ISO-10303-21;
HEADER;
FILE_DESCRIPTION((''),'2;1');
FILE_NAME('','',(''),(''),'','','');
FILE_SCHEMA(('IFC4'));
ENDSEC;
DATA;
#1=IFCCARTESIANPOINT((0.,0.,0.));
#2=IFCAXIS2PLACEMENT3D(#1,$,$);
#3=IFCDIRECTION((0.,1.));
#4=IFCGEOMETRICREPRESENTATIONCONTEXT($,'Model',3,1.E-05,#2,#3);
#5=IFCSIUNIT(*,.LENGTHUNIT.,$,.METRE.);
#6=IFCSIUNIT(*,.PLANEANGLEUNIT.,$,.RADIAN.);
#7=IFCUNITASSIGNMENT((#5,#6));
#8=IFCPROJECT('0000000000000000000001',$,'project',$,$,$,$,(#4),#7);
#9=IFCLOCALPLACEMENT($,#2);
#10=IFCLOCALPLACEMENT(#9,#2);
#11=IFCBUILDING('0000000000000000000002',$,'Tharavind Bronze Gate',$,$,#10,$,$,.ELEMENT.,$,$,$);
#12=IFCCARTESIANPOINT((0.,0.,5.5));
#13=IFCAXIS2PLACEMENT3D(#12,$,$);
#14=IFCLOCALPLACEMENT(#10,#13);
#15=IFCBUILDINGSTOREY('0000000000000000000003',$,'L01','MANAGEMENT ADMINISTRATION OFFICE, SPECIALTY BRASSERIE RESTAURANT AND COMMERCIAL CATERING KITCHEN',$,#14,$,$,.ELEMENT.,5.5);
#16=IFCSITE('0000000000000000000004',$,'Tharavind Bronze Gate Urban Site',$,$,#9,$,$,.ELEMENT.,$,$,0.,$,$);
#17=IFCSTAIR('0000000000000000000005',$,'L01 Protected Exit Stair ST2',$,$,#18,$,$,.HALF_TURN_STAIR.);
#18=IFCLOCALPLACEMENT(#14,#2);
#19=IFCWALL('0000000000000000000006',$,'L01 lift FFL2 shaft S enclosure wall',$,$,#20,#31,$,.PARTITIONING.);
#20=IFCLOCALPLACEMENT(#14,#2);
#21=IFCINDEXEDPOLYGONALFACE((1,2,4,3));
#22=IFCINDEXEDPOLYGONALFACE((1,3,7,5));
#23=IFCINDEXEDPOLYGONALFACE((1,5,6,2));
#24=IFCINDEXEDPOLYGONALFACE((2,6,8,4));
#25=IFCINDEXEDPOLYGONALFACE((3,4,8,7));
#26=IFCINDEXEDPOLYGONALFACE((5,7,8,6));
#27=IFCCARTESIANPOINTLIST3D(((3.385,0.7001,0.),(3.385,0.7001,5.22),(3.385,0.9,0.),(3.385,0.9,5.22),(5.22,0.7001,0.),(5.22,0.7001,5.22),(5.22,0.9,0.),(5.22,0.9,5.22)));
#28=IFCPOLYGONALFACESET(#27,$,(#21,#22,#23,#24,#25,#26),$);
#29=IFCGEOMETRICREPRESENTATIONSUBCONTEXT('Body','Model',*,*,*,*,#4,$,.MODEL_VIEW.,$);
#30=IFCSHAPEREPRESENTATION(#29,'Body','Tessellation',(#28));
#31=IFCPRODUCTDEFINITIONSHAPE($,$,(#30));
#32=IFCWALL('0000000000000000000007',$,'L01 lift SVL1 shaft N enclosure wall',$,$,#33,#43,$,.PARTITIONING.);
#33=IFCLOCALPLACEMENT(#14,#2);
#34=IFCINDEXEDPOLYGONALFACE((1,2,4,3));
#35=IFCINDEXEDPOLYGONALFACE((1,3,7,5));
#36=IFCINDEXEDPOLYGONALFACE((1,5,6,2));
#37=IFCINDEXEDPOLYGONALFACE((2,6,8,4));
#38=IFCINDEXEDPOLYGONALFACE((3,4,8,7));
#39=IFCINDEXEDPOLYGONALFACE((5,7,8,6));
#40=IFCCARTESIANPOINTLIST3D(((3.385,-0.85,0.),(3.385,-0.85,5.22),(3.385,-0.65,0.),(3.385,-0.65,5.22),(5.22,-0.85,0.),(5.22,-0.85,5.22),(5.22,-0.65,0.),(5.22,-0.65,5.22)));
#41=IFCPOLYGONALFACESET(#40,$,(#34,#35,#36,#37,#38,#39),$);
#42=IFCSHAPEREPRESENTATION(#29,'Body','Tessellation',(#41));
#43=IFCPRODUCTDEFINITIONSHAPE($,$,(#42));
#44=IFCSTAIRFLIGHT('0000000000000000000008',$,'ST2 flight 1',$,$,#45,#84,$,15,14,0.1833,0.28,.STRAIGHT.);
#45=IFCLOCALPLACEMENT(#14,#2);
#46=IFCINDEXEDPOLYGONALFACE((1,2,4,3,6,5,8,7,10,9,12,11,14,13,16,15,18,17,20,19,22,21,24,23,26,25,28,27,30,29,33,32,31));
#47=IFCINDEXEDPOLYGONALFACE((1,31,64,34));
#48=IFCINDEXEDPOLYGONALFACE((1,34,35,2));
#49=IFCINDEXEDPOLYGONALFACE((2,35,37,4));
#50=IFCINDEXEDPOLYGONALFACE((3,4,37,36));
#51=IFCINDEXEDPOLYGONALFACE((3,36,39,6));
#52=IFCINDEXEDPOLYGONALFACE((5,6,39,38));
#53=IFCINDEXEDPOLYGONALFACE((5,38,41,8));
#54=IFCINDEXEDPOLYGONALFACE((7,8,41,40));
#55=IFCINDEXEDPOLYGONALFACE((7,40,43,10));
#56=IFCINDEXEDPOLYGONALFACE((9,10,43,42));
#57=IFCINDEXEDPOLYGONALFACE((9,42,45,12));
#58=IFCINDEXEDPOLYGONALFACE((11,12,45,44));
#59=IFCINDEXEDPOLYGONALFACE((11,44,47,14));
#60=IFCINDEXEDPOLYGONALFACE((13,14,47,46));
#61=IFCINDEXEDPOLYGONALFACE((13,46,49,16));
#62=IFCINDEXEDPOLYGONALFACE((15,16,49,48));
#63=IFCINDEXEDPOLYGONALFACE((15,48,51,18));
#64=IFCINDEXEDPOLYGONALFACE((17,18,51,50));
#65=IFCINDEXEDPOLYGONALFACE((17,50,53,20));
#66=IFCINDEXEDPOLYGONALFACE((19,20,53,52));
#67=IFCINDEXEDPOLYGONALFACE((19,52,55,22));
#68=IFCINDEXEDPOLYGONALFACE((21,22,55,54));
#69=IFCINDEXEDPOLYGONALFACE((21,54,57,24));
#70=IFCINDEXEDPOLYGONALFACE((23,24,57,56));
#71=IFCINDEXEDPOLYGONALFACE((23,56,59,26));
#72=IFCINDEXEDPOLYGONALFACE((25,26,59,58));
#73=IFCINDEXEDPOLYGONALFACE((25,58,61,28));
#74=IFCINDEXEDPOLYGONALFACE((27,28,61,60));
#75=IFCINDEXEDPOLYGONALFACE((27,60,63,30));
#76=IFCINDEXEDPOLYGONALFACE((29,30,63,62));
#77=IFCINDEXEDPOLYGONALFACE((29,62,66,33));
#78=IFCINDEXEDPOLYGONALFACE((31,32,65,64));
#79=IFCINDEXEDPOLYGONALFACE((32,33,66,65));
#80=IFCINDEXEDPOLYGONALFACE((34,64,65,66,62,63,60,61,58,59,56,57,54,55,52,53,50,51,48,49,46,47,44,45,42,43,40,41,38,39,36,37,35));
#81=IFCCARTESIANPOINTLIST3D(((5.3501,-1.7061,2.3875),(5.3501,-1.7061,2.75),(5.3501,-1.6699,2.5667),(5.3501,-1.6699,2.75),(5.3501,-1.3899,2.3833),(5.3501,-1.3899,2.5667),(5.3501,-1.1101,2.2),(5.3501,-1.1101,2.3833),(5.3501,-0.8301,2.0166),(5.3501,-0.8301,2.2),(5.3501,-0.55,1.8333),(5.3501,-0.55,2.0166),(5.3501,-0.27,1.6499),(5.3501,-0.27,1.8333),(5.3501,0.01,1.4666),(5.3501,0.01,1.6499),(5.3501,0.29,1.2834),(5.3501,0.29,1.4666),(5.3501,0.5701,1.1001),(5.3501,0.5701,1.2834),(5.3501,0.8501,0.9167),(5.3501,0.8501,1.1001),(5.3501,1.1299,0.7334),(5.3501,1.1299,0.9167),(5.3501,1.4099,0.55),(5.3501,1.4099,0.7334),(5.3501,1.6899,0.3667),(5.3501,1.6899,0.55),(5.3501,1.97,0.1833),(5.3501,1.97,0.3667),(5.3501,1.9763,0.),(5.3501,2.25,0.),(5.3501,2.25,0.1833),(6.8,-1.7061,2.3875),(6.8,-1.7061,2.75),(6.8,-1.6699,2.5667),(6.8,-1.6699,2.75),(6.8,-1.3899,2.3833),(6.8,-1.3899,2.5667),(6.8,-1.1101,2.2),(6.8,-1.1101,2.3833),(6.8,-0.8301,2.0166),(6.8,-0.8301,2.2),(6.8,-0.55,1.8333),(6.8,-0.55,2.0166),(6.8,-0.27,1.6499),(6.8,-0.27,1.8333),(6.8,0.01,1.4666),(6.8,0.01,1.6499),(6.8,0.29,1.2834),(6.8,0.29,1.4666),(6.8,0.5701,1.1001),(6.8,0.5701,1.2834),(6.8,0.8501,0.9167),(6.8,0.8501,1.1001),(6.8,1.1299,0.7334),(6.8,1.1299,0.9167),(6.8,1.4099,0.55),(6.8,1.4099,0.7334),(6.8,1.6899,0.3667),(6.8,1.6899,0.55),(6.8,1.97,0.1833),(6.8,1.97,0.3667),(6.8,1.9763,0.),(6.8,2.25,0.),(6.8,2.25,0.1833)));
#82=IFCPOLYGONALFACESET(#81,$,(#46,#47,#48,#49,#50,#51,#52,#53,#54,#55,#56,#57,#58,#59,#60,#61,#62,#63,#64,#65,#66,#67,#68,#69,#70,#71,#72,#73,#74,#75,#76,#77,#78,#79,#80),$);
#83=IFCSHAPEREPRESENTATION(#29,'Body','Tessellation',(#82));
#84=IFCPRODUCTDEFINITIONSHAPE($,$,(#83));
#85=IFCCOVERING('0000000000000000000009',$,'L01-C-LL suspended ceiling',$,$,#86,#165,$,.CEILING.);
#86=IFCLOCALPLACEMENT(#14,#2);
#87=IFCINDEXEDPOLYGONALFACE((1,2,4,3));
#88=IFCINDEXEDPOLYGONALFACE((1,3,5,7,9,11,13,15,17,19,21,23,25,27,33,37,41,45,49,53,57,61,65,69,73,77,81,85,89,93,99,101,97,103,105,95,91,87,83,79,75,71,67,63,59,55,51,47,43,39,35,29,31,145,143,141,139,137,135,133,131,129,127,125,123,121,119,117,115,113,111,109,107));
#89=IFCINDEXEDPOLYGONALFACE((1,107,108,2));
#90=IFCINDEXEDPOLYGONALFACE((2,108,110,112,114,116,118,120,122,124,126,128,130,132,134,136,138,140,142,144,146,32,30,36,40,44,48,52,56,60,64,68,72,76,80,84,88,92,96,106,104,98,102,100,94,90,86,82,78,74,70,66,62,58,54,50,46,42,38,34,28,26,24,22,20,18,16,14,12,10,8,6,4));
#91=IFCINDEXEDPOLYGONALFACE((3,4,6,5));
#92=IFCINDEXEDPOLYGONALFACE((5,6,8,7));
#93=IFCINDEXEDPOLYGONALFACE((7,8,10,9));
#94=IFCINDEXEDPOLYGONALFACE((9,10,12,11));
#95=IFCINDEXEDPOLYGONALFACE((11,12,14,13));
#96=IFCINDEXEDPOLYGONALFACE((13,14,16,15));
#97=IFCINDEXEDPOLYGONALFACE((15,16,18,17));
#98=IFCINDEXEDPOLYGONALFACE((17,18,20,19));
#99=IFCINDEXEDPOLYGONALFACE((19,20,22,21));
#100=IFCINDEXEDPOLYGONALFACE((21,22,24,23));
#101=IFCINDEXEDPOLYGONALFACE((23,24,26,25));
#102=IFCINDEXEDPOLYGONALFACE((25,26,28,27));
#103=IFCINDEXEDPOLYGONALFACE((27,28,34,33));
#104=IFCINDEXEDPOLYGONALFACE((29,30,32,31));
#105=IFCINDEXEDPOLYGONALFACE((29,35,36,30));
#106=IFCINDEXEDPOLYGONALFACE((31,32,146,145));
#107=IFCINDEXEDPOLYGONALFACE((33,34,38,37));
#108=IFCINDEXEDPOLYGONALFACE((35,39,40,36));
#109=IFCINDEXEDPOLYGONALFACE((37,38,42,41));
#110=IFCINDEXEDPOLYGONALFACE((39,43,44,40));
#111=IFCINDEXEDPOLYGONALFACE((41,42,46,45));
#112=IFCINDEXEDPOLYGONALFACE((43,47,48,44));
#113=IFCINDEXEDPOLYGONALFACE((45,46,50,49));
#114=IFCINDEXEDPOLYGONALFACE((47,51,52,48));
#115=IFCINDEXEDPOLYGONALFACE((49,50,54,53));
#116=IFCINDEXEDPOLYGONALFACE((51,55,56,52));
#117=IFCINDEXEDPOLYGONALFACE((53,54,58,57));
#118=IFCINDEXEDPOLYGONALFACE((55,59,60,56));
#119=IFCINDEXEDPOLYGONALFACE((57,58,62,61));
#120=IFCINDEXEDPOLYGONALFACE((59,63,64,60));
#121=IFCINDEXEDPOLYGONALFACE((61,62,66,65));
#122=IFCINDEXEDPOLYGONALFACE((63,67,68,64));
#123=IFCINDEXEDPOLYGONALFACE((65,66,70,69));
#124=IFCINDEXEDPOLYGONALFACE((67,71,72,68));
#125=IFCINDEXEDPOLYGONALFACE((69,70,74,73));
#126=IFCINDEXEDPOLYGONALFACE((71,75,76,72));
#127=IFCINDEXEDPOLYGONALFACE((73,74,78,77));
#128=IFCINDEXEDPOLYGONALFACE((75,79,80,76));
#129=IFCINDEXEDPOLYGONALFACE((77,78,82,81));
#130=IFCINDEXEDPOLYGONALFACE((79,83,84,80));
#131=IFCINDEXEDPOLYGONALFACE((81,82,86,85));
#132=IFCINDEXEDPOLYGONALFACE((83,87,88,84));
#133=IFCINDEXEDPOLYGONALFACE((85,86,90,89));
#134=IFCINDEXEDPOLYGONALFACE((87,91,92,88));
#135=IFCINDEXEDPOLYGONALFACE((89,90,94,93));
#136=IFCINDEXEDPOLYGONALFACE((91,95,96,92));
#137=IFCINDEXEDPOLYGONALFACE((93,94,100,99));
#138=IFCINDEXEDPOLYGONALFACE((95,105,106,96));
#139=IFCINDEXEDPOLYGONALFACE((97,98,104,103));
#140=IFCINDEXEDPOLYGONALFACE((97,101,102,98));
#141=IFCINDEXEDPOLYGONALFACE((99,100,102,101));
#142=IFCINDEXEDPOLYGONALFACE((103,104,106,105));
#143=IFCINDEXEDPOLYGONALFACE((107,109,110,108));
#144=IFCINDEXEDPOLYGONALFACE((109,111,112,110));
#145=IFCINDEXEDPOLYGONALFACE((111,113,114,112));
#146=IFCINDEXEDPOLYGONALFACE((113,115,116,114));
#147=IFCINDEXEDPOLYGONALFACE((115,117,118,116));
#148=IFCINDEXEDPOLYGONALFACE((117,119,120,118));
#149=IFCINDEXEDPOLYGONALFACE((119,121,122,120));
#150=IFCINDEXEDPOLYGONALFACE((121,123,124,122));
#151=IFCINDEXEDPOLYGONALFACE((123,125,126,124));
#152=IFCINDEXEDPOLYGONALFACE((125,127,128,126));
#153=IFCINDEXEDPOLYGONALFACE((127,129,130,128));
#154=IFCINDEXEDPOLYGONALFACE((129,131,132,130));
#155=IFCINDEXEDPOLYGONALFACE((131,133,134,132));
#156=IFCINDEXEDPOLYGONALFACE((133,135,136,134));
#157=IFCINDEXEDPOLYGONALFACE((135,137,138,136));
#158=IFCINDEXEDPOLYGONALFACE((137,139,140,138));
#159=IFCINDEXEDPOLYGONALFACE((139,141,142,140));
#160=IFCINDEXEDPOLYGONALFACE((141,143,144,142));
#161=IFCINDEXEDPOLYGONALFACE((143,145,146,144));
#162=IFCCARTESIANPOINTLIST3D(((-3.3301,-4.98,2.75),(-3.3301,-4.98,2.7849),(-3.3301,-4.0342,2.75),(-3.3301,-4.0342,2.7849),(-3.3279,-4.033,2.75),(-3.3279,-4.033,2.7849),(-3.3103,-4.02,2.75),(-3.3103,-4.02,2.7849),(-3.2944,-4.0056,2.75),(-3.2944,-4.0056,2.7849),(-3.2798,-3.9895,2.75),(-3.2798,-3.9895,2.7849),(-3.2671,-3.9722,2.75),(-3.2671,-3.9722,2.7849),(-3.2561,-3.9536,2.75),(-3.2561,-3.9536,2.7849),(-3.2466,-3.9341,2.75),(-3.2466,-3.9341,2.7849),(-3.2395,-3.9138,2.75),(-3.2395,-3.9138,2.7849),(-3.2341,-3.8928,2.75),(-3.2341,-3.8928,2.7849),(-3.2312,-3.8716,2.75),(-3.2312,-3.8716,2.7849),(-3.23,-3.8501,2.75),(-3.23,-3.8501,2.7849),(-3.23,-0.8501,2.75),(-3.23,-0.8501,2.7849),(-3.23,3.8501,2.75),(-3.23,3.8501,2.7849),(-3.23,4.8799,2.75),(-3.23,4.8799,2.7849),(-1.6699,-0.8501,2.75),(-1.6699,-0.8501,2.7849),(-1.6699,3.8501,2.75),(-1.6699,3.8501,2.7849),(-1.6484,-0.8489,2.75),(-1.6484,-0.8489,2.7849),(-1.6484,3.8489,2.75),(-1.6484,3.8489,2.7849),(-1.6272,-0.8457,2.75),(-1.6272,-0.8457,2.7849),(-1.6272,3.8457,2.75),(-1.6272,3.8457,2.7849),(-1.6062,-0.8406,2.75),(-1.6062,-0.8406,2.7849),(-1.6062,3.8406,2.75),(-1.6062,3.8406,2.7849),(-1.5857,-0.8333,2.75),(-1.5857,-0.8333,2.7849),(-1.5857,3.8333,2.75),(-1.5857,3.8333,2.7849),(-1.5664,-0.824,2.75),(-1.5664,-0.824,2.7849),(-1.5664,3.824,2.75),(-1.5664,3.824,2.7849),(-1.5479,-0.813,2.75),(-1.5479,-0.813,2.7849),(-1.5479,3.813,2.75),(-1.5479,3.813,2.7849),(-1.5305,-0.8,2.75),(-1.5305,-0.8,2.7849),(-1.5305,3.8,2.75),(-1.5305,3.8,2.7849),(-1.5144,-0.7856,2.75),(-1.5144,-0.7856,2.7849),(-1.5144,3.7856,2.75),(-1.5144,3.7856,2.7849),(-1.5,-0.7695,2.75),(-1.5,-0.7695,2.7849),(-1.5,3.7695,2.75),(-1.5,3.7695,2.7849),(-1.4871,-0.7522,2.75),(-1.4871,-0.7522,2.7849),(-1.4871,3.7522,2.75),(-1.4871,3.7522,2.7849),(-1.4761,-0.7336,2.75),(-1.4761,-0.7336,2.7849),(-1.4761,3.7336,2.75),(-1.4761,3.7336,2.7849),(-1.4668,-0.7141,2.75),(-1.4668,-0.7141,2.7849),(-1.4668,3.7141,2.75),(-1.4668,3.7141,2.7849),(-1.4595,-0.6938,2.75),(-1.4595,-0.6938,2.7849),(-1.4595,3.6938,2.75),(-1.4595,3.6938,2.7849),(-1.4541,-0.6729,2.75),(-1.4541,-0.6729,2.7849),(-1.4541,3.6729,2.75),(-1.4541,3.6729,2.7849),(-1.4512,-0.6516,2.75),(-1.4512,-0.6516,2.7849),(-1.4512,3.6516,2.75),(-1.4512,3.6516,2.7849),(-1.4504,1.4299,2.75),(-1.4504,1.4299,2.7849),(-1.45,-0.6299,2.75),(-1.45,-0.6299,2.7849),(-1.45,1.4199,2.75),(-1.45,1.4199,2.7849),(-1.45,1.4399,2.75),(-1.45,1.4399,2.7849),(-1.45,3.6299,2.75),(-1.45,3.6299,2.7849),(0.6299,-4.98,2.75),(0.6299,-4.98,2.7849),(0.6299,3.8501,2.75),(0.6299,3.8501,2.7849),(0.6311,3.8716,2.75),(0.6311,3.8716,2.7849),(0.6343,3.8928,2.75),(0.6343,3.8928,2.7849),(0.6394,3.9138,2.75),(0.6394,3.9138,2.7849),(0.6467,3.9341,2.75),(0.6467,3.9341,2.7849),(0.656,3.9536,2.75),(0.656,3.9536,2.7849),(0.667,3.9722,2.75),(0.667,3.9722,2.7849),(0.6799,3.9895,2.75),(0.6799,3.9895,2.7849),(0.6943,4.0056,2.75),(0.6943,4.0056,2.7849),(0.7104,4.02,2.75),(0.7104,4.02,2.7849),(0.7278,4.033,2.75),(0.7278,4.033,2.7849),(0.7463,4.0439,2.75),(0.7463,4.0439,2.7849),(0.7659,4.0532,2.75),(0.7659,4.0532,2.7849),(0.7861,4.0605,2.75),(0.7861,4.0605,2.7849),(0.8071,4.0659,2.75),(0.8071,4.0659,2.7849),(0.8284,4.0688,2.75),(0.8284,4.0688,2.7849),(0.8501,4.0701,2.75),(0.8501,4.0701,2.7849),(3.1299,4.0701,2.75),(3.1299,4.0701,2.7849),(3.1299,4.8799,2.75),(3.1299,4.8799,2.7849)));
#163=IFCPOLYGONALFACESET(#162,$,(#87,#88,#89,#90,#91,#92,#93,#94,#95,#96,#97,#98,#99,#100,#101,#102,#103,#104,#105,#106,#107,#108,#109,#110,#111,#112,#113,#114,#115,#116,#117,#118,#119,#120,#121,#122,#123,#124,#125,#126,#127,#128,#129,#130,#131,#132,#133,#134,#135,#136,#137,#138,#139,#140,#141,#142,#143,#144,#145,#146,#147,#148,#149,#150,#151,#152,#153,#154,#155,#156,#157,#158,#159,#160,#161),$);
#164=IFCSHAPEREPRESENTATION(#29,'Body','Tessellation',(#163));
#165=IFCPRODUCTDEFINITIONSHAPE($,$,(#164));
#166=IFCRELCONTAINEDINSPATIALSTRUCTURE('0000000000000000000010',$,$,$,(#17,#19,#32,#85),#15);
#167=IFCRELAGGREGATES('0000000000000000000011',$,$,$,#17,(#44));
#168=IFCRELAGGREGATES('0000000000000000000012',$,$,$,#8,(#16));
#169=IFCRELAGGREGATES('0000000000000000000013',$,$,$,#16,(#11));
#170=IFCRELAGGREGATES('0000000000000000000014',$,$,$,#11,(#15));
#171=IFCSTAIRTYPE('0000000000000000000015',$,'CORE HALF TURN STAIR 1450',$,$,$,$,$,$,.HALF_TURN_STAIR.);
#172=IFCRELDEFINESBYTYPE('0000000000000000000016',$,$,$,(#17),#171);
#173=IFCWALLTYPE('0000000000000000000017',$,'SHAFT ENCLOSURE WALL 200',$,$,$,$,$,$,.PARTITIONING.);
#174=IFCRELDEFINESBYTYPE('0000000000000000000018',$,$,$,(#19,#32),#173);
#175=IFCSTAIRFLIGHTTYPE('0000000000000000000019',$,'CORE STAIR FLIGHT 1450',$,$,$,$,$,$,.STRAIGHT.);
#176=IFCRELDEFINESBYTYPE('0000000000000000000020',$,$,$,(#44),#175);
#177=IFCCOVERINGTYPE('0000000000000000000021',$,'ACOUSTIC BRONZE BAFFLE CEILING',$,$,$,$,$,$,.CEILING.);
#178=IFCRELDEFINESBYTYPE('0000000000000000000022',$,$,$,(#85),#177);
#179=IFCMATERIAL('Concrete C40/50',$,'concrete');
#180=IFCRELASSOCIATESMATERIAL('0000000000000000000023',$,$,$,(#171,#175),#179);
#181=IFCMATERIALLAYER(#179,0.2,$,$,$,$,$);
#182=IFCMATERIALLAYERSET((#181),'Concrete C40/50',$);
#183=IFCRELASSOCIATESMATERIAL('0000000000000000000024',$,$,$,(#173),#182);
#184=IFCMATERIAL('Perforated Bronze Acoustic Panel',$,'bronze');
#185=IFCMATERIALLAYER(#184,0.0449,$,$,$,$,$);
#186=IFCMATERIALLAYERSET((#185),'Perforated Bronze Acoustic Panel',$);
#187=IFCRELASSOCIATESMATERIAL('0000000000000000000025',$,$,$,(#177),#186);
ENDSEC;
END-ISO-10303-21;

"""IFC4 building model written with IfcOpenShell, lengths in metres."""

from ifc_helpers import new_model, si_unit, direction, frame, frame_2d, origin, place, context, subcontext, project, spatial, polyline, rectangle, outline, extrude, material, layer, layer_set, type_object, element, aggregate, save


model = new_model("IFC4")

# Units and contexts
model_context = context("Model", 3, precision=1e-05, world=origin(), true_north=direction((0.0, 1.0)))
body_context = subcontext(model_context, "Body", "Model", "MODEL_VIEW")
ifc_project = project(units=[si_unit("LENGTHUNIT", "METRE"), si_unit("PLANEANGLEUNIT", "RADIAN")], contexts=[model_context])

# Site, building, storey
site_placement = place(None, origin())
site = spatial("IfcSite", under=ifc_project, at=site_placement, Name="Tharavind Bronze Gate Urban Site", CompositionType="ELEMENT", RefElevation=0.0)
building_placement = place(site_placement, origin())
building = spatial("IfcBuilding", under=site, at=building_placement, Name="Tharavind Bronze Gate", CompositionType="ELEMENT")
storey_placement = place(building_placement, frame((0.0, 0.0, 5.5)))
storey = spatial("IfcBuildingStorey", under=building, at=storey_placement, Name="L01", Description="MANAGEMENT ADMINISTRATION OFFICE, SPECIALTY BRASSERIE RESTAURANT AND COMMERCIAL CATERING KITCHEN", CompositionType="ELEMENT", Elevation=5.5)

# Stair
ifc_material_1 = material(Name="Concrete C40/50", Category="concrete")
stair_type_1 = type_object("IfcStairType", Name="CORE HALF TURN STAIR 1450", PredefinedType="HALF_TURN_STAIR", material=ifc_material_1)
stair_1_placement = place(storey_placement, origin())
stair_1 = element("IfcStair", 1, at=stair_1_placement, inside=storey, type_object=stair_type_1, Name="L01 Protected Exit Stair ST2", PredefinedType="HALF_TURN_STAIR")

# Walls
ifc_layer_1 = layer(ifc_material_1, 0.2)
ifc_layer_set_1 = layer_set([ifc_layer_1], Name="Concrete C40/50")
wall_type_1 = type_object("IfcWallType", Name="SHAFT ENCLOSURE WALL 200", PredefinedType="PARTITIONING", material=ifc_layer_set_1)
for number, where, z_axis, x_axis, name in (
    (2, (3.385, 0.8, 0.0), (0.0, 0.0, 1.0), (1.0, 0.0, 0.0), "L01 lift FFL2 shaft S enclosure wall"),
    (3, (3.385, -0.75, 0.0), (0.0, 0.0, 1.0), (1.0, 0.0, 0.0), "L01 lift SVL1 shaft N enclosure wall"),
):
    element("IfcWall", number, at=place(storey_placement, frame(where, z_axis=z_axis, x_axis=x_axis)), inside=storey, type_object=wall_type_1, Name=name, PredefinedType="PARTITIONING", context=body_context, shape_type="SweptSolid", body=[
        extrude(rectangle(XDim=1.835, YDim=0.2, at=frame_2d((0.9175, 0.0))), origin(), (0.0, 0.0, 1.0), 5.22),
    ])

# Stair flight
stair_flight_type = type_object("IfcStairFlightType", Name="CORE STAIR FLIGHT 1450", PredefinedType="STRAIGHT", material=ifc_material_1)
stair_flight_placement = place(storey_placement, frame((6.075, 2.25, 0.0), z_axis=(0.0, 0.0, 1.0), x_axis=(0.0, -1.0, 0.0)))
stair_flight = element("IfcStairFlight", 4, at=stair_flight_placement, type_object=stair_flight_type, Name="ST2 flight 1", NumberOfRisers=15, NumberOfTreads=14, PredefinedType="STRAIGHT", RiserHeight=0.1833, TreadLength=0.28, context=body_context, shape_type="SweptSolid", body=[
    extrude(outline(polyline([(0.0, 0.0), (0.0, 0.1833), (0.28, 0.1833), (0.28, 0.3667), (0.5601, 0.3667), (0.5601, 0.55), (0.8401, 0.55), (0.8401, 0.7334), (1.1201, 0.7334), (1.1201, 0.9167), (1.3999, 0.9167), (1.3999, 1.1001), (1.6799, 1.1001), (1.6799, 1.2834), (1.96, 1.2834), (1.96, 1.4666), (2.24, 1.4666), (2.24, 1.6499), (2.52, 1.6499), (2.52, 1.8333), (2.8, 1.8333), (2.8, 2.0166), (3.0801, 2.0166), (3.0801, 2.2), (3.3601, 2.2), (3.3601, 2.3833), (3.6399, 2.3833), (3.6399, 2.5667), (3.9199, 2.5667), (3.9199, 2.75), (3.9561, 2.75), (3.9561, 2.3875), (0.2737, 0.0), (0.0, 0.0)])), frame((0.0, 0.7251, 0.0), z_axis=(0.0, -1.0, 0.0), x_axis=(1.0, 0.0, 0.0)), (0.0, 0.0, 1.0), 1.45),
])
aggregate(stair_1, [stair_flight])

# Covering
ifc_material_2 = material(Name="Perforated Bronze Acoustic Panel", Category="bronze")
ifc_layer_2 = layer(ifc_material_2, 0.0449)
ifc_layer_set_2 = layer_set([ifc_layer_2], Name="Perforated Bronze Acoustic Panel")
covering_type_1 = type_object("IfcCoveringType", Name="ACOUSTIC BRONZE BAFFLE CEILING", PredefinedType="CEILING", material=ifc_layer_set_2)
covering_1_placement = place(storey_placement, frame((0.0, 0.0, 2.75)))
element("IfcCovering", 5, at=covering_1_placement, inside=storey, type_object=covering_type_1, Name="L01-C-LL suspended ceiling", PredefinedType="CEILING", context=body_context, shape_type="SweptSolid", body=[
    extrude(outline(polyline([(-3.3301, -4.98), (0.6299, -4.98), (0.6299, 3.8501), (0.6311, 3.8716), (0.6343, 3.8928), (0.6394, 3.9138), (0.6467, 3.9341), (0.656, 3.9536), (0.667, 3.9722), (0.6799, 3.9895), (0.6943, 4.0056), (0.7104, 4.02), (0.7278, 4.033), (0.7463, 4.0439), (0.7659, 4.0532), (0.7861, 4.0605), (0.8071, 4.0659), (0.8284, 4.0688), (0.8501, 4.0701), (3.1299, 4.0701), (3.1299, 4.8799), (-3.23, 4.8799), (-3.23, 3.8501), (-1.6699, 3.8501), (-1.6484, 3.8489), (-1.6272, 3.8457), (-1.6062, 3.8406), (-1.5857, 3.8333), (-1.5664, 3.824), (-1.5479, 3.813), (-1.5305, 3.8), (-1.5144, 3.7856), (-1.5, 3.7695), (-1.4871, 3.7522), (-1.4761, 3.7336), (-1.4668, 3.7141), (-1.4595, 3.6938), (-1.4541, 3.6729), (-1.4512, 3.6516), (-1.45, 3.6299), (-1.45, 1.4399), (-1.4504, 1.4299), (-1.45, 1.4199), (-1.45, -0.6299), (-1.4512, -0.6516), (-1.4541, -0.6729), (-1.4595, -0.6938), (-1.4668, -0.7141), (-1.4761, -0.7336), (-1.4871, -0.7522), (-1.5, -0.7695), (-1.5144, -0.7856), (-1.5305, -0.8), (-1.5479, -0.813), (-1.5664, -0.824), (-1.5857, -0.8333), (-1.6062, -0.8406), (-1.6272, -0.8457), (-1.6484, -0.8489), (-1.6699, -0.8501), (-3.23, -0.8501), (-3.23, -3.8501), (-3.2312, -3.8716), (-3.2341, -3.8928), (-3.2395, -3.9138), (-3.2466, -3.9341), (-3.2561, -3.9536), (-3.2671, -3.9722), (-3.2798, -3.9895), (-3.2944, -4.0056), (-3.3103, -4.02), (-3.3279, -4.033), (-3.3301, -4.0342), (-3.3301, -4.98)])), origin(), (0.0, 0.0, 1.0), 0.0349),
])

save(model, "model.ifc")
